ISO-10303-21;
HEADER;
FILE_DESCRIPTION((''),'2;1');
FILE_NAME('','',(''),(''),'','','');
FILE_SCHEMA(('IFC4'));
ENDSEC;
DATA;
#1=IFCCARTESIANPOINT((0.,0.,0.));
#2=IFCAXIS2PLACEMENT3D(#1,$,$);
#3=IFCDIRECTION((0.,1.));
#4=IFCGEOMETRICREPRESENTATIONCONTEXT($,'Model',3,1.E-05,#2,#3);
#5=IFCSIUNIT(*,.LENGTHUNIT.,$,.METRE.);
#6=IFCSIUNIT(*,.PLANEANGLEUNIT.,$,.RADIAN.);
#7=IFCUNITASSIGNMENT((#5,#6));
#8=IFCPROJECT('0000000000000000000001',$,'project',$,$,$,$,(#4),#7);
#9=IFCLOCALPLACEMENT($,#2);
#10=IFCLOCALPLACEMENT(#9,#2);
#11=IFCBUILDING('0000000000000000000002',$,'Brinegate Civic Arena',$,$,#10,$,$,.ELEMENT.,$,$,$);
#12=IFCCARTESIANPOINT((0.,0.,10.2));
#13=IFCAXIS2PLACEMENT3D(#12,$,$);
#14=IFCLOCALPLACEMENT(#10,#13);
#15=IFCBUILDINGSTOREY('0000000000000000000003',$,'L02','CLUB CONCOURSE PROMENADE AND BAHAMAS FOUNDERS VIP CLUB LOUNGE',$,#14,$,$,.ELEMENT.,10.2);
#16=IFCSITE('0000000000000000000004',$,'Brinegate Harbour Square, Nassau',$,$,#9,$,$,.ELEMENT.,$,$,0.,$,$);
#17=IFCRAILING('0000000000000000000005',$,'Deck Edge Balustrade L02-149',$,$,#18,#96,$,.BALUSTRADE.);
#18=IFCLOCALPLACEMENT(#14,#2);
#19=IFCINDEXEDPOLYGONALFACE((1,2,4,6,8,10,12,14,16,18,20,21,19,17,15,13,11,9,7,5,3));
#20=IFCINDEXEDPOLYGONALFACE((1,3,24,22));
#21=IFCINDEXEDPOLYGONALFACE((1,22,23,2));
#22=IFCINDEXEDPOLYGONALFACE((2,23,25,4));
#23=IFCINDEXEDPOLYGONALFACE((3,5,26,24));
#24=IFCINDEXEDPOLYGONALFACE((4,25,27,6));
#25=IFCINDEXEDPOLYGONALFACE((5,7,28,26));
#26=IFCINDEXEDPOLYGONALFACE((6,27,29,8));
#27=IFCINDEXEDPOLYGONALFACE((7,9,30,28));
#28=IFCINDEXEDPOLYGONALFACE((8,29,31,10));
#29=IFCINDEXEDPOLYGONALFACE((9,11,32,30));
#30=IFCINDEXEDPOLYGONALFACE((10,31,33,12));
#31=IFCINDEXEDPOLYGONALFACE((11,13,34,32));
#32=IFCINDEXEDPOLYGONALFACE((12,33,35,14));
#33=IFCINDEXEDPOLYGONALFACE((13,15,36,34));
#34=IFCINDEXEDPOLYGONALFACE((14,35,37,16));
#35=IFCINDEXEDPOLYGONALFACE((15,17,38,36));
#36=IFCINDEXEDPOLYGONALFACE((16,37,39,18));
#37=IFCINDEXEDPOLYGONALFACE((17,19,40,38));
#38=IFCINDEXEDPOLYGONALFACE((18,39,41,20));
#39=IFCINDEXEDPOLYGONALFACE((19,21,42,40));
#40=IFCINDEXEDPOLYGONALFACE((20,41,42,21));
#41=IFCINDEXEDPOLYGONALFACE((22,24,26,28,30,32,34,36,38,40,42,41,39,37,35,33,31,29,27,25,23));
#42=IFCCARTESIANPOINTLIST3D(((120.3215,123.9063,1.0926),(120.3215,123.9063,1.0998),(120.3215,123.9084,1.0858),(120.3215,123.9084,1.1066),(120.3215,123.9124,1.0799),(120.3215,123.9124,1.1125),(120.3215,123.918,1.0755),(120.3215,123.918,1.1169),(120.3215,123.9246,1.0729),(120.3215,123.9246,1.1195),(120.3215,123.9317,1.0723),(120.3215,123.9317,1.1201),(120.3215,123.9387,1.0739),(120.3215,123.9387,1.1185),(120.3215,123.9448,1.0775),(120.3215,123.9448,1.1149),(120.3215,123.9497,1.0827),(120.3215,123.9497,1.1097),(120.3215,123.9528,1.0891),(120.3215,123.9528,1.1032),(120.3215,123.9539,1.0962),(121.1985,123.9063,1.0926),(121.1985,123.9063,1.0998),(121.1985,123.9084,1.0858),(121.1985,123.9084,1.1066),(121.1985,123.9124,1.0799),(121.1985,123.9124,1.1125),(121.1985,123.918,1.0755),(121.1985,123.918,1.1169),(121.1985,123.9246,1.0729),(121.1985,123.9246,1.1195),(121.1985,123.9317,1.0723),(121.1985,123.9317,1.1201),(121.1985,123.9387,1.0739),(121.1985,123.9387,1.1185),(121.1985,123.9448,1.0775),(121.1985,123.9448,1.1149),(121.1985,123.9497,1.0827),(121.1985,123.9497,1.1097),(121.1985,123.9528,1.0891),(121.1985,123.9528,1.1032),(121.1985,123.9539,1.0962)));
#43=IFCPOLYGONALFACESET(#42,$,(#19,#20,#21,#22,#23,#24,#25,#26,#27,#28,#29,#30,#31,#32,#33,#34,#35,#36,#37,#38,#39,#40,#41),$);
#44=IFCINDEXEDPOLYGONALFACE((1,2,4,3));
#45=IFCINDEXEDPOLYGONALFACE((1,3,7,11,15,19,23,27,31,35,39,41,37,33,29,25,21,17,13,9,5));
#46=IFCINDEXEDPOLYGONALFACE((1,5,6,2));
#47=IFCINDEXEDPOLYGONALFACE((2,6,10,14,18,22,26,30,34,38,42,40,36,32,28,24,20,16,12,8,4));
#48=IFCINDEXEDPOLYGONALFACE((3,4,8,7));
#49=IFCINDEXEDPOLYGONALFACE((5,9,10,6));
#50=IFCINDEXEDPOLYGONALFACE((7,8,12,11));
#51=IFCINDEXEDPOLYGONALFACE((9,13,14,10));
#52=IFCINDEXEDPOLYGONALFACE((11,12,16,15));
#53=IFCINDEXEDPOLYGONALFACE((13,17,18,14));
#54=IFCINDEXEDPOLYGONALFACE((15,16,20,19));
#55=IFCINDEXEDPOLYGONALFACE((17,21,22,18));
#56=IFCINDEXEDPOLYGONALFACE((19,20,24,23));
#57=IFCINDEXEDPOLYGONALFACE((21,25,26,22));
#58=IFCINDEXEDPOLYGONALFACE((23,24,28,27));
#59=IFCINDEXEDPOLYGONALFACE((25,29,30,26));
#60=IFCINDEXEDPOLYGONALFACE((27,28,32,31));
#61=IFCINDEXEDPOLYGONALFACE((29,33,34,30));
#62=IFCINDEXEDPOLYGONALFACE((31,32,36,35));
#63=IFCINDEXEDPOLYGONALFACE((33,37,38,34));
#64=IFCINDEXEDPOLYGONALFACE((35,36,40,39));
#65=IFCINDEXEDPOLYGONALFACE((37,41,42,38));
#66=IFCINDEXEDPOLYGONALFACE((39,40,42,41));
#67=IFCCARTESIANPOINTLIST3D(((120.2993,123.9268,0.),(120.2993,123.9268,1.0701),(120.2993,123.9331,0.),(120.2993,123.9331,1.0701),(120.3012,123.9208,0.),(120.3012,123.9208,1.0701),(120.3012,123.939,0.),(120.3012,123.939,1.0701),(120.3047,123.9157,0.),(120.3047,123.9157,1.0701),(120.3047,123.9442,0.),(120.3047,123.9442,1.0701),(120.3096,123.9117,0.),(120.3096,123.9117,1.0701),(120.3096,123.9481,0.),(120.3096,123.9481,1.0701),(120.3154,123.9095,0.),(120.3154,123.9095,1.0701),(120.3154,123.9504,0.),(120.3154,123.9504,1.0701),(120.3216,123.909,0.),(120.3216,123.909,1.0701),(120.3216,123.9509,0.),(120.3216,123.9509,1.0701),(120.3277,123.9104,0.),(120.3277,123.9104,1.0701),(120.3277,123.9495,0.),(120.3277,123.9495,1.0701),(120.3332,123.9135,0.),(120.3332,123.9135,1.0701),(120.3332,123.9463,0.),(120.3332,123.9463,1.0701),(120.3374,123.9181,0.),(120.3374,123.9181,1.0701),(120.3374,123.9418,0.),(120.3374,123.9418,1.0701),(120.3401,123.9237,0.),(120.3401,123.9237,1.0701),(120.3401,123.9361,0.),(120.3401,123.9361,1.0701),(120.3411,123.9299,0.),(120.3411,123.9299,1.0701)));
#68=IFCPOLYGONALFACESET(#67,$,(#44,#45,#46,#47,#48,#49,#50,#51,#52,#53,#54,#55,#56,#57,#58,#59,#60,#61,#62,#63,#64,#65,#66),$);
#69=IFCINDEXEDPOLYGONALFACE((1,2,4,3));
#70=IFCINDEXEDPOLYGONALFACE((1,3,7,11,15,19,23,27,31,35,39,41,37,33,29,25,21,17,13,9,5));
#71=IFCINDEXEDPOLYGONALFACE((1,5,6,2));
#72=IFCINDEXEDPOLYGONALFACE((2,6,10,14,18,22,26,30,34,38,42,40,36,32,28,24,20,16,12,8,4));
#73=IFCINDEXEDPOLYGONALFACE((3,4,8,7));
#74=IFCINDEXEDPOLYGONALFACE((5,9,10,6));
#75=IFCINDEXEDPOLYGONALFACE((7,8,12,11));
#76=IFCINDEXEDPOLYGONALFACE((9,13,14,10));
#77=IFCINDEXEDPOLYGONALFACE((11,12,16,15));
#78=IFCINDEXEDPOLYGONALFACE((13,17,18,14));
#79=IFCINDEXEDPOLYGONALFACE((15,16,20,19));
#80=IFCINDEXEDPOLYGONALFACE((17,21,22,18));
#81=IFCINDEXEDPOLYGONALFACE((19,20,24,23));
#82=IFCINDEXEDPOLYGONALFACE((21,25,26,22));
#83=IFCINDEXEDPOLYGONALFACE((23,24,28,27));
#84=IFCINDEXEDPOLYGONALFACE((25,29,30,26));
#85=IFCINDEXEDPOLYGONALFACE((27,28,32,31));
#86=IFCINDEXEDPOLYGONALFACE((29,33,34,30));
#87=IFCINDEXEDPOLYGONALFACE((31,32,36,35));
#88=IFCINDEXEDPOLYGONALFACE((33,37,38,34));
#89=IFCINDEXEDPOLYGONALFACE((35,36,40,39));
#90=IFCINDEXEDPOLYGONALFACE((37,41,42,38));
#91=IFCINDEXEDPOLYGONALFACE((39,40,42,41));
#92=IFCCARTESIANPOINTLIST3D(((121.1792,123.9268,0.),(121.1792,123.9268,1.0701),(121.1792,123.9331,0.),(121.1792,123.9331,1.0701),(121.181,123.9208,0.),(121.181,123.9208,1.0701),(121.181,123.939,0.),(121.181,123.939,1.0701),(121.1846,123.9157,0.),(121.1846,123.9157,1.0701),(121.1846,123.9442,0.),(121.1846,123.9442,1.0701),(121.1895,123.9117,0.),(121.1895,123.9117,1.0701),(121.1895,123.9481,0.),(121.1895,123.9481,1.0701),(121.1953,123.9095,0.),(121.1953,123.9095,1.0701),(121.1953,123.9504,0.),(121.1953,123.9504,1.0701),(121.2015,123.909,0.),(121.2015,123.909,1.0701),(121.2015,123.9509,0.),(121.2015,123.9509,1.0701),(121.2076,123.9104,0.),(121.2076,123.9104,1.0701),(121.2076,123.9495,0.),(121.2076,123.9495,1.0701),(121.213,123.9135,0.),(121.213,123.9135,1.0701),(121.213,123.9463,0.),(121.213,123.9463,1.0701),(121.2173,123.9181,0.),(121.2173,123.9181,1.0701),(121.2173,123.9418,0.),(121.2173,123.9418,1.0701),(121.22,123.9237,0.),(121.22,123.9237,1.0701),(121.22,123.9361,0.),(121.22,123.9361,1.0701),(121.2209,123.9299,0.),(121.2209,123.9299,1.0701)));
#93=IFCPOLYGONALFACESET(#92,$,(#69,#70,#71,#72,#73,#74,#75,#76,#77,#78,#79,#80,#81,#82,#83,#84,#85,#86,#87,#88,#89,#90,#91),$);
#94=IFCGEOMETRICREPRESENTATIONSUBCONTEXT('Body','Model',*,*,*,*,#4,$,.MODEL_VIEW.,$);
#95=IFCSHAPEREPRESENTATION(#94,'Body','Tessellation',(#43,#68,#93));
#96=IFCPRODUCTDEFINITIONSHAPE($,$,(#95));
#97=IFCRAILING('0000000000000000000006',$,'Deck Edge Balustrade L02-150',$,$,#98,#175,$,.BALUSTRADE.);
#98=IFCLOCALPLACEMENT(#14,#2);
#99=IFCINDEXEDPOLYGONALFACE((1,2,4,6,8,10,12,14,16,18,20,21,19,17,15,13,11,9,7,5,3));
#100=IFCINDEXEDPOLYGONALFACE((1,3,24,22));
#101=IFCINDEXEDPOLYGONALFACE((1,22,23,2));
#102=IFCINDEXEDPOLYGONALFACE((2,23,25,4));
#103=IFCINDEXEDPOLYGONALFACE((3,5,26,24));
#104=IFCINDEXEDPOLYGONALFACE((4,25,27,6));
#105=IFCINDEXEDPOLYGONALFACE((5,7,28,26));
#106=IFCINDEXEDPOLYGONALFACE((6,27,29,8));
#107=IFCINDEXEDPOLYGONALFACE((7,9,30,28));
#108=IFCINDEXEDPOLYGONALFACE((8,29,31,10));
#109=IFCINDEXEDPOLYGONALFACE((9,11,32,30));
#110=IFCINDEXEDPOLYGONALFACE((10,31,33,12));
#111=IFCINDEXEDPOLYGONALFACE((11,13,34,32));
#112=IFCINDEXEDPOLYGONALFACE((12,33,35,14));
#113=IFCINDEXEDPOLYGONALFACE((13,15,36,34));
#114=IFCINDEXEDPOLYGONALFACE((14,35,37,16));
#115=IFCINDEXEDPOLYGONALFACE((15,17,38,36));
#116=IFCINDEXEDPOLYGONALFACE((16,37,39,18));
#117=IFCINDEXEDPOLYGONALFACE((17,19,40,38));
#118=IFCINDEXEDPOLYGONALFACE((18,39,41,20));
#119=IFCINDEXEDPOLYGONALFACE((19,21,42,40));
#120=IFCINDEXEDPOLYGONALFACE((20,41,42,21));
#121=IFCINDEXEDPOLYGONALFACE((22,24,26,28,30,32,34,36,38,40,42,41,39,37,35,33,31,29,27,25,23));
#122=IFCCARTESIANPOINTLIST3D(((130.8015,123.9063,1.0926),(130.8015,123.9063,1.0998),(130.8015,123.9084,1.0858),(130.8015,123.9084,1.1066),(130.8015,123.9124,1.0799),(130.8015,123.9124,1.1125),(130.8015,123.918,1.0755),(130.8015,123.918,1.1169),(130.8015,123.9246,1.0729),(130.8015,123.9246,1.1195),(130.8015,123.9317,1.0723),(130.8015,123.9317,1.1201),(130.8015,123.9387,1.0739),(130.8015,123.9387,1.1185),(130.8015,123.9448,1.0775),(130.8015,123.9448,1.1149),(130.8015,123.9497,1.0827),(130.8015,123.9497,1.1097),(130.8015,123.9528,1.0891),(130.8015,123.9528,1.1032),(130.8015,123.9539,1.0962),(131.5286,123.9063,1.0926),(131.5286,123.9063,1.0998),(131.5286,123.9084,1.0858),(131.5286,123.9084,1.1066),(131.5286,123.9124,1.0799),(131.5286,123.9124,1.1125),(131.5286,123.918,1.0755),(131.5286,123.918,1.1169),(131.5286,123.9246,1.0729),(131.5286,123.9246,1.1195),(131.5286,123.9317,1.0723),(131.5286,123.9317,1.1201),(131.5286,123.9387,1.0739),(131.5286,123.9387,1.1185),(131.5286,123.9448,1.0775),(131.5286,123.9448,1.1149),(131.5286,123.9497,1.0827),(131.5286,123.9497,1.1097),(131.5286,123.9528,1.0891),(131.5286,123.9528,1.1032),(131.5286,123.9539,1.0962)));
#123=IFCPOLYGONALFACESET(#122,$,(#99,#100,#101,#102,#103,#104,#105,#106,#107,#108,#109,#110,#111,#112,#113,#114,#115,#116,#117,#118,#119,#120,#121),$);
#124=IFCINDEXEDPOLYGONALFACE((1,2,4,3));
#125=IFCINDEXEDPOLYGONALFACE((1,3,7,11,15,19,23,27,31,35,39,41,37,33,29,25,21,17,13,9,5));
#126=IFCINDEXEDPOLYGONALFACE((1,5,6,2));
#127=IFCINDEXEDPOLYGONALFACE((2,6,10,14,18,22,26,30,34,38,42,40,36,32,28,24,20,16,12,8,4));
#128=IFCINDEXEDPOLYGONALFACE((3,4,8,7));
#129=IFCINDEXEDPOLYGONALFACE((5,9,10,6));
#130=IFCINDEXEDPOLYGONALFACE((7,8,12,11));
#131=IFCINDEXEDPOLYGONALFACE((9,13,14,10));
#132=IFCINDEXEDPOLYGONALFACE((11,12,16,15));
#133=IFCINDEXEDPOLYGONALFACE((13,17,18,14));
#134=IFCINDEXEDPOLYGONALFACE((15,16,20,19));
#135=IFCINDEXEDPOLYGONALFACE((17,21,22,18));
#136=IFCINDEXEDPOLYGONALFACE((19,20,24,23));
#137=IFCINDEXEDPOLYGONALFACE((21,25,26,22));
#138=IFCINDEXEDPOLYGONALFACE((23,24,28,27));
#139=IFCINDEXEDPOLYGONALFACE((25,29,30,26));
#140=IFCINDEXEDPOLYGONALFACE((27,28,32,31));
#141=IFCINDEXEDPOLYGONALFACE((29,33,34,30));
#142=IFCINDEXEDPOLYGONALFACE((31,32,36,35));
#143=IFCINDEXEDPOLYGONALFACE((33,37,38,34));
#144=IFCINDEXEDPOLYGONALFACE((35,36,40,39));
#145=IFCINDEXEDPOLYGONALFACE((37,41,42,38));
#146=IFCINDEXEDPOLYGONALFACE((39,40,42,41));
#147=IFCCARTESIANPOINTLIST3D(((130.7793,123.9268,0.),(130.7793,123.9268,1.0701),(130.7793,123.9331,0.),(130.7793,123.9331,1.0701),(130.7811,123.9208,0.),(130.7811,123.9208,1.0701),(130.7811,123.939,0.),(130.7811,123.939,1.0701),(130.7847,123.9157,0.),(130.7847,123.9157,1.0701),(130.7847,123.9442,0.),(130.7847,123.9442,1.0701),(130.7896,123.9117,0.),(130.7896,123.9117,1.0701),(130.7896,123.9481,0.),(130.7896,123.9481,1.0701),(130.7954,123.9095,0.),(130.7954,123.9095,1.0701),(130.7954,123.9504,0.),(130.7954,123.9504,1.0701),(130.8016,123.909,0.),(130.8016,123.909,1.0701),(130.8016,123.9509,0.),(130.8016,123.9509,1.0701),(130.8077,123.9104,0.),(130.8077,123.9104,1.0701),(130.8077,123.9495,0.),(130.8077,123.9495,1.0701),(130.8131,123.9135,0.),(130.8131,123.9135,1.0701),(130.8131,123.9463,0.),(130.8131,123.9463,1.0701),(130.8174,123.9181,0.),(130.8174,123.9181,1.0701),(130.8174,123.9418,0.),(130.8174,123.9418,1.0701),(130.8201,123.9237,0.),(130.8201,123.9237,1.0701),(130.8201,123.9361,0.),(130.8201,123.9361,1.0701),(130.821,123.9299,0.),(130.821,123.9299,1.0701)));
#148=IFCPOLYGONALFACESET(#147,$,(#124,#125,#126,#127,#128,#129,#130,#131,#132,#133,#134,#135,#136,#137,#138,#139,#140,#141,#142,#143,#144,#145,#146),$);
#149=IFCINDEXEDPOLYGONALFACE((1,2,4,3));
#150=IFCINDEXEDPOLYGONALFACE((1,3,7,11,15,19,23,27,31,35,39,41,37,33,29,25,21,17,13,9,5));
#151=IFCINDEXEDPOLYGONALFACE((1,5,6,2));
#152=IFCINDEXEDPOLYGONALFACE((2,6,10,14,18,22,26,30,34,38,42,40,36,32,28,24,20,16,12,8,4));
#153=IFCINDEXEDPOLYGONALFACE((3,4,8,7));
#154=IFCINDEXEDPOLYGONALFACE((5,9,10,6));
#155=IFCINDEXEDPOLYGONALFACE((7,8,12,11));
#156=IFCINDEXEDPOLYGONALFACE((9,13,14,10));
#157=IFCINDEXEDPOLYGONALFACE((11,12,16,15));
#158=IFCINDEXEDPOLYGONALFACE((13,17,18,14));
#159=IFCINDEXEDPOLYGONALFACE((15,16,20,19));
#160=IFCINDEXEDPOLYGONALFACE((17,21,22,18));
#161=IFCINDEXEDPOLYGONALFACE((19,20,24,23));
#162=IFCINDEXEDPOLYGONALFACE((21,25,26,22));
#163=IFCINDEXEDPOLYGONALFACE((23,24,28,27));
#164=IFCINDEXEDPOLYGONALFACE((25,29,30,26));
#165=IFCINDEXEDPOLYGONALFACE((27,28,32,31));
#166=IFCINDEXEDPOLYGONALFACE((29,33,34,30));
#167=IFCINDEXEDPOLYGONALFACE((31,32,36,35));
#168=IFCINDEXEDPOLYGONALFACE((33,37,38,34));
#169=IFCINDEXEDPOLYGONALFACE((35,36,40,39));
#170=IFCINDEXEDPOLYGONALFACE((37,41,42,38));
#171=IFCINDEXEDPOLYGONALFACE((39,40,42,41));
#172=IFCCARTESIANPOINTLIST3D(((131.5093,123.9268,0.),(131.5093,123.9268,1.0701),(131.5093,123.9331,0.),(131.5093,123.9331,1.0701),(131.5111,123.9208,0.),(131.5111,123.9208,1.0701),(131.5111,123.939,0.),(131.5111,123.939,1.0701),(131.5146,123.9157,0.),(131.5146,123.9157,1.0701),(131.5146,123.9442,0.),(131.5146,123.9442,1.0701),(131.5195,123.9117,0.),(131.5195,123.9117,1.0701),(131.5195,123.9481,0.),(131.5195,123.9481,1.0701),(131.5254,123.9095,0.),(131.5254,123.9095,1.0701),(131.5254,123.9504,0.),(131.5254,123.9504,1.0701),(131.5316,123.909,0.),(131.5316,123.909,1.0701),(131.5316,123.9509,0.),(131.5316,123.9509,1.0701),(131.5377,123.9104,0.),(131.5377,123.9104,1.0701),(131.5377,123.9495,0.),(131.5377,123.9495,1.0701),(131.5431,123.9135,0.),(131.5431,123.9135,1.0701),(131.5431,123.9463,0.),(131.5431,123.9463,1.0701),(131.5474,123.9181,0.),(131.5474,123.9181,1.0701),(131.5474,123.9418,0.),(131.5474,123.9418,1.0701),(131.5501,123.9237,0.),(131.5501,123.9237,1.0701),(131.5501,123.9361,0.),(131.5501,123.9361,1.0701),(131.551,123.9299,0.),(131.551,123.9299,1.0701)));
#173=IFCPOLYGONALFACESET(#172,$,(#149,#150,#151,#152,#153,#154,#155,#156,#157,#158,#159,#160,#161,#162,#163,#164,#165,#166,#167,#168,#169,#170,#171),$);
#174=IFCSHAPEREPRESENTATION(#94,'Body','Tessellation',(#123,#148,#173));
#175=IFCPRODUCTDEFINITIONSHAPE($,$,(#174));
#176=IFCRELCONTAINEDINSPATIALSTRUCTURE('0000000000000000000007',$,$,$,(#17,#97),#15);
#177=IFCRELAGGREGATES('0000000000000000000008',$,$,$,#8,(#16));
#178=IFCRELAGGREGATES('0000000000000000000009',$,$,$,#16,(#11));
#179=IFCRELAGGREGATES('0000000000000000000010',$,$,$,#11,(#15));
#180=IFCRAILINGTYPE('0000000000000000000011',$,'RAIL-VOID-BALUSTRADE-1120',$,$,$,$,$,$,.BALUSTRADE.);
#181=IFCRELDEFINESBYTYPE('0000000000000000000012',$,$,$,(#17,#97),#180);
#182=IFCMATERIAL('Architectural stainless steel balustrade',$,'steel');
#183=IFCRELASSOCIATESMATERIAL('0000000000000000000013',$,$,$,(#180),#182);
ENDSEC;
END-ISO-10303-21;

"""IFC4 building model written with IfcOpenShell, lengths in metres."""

from ifc_helpers import new_model, si_unit, direction, frame, origin, origin_2d, place, context, subcontext, project, spatial, circle, extrude, material, type_object, element, save


model = new_model("IFC4")

# Units and contexts
model_context = context("Model", 3, precision=1e-05, world=origin(), true_north=direction((0.0, 1.0)))
body_context = subcontext(model_context, "Body", "Model", "MODEL_VIEW")
ifc_project = project(units=[si_unit("LENGTHUNIT", "METRE"), si_unit("PLANEANGLEUNIT", "RADIAN")], contexts=[model_context])

# Site, building, storey
site_placement = place(None, origin())
site = spatial("IfcSite", under=ifc_project, at=site_placement, Name="Brinegate Harbour Square, Nassau", CompositionType="ELEMENT", RefElevation=0.0)
building_placement = place(site_placement, origin())
building = spatial("IfcBuilding", under=site, at=building_placement, Name="Brinegate Civic Arena", CompositionType="ELEMENT")
storey_placement = place(building_placement, frame((0.0, 0.0, 10.2)))
storey = spatial("IfcBuildingStorey", under=building, at=storey_placement, Name="L02", Description="CLUB CONCOURSE PROMENADE AND BAHAMAS FOUNDERS VIP CLUB LOUNGE", CompositionType="ELEMENT", Elevation=10.2)

# Railings
ifc_material_1 = material(Name="Architectural stainless steel balustrade", Category="steel")
railing_type_1 = type_object("IfcRailingType", Name="RAIL-VOID-BALUSTRADE-1120", PredefinedType="BALUSTRADE", material=ifc_material_1)
for number, where, name in (
    (1, (120.3201, 123.9299, 0.0), "Deck Edge Balustrade L02-149"),
):
    element("IfcRailing", number, at=place(storey_placement, frame(where)), inside=storey, type_object=railing_type_1, Name=name, PredefinedType="BALUSTRADE", context=body_context, shape_type="SweptSolid", body=[
        extrude(circle(Radius=0.0239, at=origin_2d()), frame((0.0015, 0.0, 1.0962), z_axis=(1.0, 0.0, 0.0), x_axis=(0.0, 1.0, 0.0)), (0.0, 0.0, 1.0), 0.877),
        extrude(circle(Radius=0.021, at=origin_2d()), origin(), (0.0, 0.0, 1.0), 1.0701),
        extrude(circle(Radius=0.021, at=origin_2d()), frame((0.8799, 0.0, 0.0)), (0.0, 0.0, 1.0), 1.0701),
    ])
railing_1_placement = place(storey_placement, frame((130.8, 123.9299, 0.0)))
element("IfcRailing", 2, at=railing_1_placement, inside=storey, type_object=railing_type_1, Name="Deck Edge Balustrade L02-150", PredefinedType="BALUSTRADE", context=body_context, shape_type="SweptSolid", body=[
    extrude(circle(Radius=0.0239, at=origin_2d()), frame((0.0015, 0.0, 1.0962), z_axis=(1.0, 0.0, 0.0), x_axis=(0.0, 1.0, 0.0)), (0.0, 0.0, 1.0), 0.7271),
    extrude(circle(Radius=0.021, at=origin_2d()), origin(), (0.0, 0.0, 1.0), 1.0701),
    extrude(circle(Radius=0.021, at=origin_2d()), frame((0.73, 0.0, 0.0)), (0.0, 0.0, 1.0), 1.0701),
])

save(model, "model.ifc")
